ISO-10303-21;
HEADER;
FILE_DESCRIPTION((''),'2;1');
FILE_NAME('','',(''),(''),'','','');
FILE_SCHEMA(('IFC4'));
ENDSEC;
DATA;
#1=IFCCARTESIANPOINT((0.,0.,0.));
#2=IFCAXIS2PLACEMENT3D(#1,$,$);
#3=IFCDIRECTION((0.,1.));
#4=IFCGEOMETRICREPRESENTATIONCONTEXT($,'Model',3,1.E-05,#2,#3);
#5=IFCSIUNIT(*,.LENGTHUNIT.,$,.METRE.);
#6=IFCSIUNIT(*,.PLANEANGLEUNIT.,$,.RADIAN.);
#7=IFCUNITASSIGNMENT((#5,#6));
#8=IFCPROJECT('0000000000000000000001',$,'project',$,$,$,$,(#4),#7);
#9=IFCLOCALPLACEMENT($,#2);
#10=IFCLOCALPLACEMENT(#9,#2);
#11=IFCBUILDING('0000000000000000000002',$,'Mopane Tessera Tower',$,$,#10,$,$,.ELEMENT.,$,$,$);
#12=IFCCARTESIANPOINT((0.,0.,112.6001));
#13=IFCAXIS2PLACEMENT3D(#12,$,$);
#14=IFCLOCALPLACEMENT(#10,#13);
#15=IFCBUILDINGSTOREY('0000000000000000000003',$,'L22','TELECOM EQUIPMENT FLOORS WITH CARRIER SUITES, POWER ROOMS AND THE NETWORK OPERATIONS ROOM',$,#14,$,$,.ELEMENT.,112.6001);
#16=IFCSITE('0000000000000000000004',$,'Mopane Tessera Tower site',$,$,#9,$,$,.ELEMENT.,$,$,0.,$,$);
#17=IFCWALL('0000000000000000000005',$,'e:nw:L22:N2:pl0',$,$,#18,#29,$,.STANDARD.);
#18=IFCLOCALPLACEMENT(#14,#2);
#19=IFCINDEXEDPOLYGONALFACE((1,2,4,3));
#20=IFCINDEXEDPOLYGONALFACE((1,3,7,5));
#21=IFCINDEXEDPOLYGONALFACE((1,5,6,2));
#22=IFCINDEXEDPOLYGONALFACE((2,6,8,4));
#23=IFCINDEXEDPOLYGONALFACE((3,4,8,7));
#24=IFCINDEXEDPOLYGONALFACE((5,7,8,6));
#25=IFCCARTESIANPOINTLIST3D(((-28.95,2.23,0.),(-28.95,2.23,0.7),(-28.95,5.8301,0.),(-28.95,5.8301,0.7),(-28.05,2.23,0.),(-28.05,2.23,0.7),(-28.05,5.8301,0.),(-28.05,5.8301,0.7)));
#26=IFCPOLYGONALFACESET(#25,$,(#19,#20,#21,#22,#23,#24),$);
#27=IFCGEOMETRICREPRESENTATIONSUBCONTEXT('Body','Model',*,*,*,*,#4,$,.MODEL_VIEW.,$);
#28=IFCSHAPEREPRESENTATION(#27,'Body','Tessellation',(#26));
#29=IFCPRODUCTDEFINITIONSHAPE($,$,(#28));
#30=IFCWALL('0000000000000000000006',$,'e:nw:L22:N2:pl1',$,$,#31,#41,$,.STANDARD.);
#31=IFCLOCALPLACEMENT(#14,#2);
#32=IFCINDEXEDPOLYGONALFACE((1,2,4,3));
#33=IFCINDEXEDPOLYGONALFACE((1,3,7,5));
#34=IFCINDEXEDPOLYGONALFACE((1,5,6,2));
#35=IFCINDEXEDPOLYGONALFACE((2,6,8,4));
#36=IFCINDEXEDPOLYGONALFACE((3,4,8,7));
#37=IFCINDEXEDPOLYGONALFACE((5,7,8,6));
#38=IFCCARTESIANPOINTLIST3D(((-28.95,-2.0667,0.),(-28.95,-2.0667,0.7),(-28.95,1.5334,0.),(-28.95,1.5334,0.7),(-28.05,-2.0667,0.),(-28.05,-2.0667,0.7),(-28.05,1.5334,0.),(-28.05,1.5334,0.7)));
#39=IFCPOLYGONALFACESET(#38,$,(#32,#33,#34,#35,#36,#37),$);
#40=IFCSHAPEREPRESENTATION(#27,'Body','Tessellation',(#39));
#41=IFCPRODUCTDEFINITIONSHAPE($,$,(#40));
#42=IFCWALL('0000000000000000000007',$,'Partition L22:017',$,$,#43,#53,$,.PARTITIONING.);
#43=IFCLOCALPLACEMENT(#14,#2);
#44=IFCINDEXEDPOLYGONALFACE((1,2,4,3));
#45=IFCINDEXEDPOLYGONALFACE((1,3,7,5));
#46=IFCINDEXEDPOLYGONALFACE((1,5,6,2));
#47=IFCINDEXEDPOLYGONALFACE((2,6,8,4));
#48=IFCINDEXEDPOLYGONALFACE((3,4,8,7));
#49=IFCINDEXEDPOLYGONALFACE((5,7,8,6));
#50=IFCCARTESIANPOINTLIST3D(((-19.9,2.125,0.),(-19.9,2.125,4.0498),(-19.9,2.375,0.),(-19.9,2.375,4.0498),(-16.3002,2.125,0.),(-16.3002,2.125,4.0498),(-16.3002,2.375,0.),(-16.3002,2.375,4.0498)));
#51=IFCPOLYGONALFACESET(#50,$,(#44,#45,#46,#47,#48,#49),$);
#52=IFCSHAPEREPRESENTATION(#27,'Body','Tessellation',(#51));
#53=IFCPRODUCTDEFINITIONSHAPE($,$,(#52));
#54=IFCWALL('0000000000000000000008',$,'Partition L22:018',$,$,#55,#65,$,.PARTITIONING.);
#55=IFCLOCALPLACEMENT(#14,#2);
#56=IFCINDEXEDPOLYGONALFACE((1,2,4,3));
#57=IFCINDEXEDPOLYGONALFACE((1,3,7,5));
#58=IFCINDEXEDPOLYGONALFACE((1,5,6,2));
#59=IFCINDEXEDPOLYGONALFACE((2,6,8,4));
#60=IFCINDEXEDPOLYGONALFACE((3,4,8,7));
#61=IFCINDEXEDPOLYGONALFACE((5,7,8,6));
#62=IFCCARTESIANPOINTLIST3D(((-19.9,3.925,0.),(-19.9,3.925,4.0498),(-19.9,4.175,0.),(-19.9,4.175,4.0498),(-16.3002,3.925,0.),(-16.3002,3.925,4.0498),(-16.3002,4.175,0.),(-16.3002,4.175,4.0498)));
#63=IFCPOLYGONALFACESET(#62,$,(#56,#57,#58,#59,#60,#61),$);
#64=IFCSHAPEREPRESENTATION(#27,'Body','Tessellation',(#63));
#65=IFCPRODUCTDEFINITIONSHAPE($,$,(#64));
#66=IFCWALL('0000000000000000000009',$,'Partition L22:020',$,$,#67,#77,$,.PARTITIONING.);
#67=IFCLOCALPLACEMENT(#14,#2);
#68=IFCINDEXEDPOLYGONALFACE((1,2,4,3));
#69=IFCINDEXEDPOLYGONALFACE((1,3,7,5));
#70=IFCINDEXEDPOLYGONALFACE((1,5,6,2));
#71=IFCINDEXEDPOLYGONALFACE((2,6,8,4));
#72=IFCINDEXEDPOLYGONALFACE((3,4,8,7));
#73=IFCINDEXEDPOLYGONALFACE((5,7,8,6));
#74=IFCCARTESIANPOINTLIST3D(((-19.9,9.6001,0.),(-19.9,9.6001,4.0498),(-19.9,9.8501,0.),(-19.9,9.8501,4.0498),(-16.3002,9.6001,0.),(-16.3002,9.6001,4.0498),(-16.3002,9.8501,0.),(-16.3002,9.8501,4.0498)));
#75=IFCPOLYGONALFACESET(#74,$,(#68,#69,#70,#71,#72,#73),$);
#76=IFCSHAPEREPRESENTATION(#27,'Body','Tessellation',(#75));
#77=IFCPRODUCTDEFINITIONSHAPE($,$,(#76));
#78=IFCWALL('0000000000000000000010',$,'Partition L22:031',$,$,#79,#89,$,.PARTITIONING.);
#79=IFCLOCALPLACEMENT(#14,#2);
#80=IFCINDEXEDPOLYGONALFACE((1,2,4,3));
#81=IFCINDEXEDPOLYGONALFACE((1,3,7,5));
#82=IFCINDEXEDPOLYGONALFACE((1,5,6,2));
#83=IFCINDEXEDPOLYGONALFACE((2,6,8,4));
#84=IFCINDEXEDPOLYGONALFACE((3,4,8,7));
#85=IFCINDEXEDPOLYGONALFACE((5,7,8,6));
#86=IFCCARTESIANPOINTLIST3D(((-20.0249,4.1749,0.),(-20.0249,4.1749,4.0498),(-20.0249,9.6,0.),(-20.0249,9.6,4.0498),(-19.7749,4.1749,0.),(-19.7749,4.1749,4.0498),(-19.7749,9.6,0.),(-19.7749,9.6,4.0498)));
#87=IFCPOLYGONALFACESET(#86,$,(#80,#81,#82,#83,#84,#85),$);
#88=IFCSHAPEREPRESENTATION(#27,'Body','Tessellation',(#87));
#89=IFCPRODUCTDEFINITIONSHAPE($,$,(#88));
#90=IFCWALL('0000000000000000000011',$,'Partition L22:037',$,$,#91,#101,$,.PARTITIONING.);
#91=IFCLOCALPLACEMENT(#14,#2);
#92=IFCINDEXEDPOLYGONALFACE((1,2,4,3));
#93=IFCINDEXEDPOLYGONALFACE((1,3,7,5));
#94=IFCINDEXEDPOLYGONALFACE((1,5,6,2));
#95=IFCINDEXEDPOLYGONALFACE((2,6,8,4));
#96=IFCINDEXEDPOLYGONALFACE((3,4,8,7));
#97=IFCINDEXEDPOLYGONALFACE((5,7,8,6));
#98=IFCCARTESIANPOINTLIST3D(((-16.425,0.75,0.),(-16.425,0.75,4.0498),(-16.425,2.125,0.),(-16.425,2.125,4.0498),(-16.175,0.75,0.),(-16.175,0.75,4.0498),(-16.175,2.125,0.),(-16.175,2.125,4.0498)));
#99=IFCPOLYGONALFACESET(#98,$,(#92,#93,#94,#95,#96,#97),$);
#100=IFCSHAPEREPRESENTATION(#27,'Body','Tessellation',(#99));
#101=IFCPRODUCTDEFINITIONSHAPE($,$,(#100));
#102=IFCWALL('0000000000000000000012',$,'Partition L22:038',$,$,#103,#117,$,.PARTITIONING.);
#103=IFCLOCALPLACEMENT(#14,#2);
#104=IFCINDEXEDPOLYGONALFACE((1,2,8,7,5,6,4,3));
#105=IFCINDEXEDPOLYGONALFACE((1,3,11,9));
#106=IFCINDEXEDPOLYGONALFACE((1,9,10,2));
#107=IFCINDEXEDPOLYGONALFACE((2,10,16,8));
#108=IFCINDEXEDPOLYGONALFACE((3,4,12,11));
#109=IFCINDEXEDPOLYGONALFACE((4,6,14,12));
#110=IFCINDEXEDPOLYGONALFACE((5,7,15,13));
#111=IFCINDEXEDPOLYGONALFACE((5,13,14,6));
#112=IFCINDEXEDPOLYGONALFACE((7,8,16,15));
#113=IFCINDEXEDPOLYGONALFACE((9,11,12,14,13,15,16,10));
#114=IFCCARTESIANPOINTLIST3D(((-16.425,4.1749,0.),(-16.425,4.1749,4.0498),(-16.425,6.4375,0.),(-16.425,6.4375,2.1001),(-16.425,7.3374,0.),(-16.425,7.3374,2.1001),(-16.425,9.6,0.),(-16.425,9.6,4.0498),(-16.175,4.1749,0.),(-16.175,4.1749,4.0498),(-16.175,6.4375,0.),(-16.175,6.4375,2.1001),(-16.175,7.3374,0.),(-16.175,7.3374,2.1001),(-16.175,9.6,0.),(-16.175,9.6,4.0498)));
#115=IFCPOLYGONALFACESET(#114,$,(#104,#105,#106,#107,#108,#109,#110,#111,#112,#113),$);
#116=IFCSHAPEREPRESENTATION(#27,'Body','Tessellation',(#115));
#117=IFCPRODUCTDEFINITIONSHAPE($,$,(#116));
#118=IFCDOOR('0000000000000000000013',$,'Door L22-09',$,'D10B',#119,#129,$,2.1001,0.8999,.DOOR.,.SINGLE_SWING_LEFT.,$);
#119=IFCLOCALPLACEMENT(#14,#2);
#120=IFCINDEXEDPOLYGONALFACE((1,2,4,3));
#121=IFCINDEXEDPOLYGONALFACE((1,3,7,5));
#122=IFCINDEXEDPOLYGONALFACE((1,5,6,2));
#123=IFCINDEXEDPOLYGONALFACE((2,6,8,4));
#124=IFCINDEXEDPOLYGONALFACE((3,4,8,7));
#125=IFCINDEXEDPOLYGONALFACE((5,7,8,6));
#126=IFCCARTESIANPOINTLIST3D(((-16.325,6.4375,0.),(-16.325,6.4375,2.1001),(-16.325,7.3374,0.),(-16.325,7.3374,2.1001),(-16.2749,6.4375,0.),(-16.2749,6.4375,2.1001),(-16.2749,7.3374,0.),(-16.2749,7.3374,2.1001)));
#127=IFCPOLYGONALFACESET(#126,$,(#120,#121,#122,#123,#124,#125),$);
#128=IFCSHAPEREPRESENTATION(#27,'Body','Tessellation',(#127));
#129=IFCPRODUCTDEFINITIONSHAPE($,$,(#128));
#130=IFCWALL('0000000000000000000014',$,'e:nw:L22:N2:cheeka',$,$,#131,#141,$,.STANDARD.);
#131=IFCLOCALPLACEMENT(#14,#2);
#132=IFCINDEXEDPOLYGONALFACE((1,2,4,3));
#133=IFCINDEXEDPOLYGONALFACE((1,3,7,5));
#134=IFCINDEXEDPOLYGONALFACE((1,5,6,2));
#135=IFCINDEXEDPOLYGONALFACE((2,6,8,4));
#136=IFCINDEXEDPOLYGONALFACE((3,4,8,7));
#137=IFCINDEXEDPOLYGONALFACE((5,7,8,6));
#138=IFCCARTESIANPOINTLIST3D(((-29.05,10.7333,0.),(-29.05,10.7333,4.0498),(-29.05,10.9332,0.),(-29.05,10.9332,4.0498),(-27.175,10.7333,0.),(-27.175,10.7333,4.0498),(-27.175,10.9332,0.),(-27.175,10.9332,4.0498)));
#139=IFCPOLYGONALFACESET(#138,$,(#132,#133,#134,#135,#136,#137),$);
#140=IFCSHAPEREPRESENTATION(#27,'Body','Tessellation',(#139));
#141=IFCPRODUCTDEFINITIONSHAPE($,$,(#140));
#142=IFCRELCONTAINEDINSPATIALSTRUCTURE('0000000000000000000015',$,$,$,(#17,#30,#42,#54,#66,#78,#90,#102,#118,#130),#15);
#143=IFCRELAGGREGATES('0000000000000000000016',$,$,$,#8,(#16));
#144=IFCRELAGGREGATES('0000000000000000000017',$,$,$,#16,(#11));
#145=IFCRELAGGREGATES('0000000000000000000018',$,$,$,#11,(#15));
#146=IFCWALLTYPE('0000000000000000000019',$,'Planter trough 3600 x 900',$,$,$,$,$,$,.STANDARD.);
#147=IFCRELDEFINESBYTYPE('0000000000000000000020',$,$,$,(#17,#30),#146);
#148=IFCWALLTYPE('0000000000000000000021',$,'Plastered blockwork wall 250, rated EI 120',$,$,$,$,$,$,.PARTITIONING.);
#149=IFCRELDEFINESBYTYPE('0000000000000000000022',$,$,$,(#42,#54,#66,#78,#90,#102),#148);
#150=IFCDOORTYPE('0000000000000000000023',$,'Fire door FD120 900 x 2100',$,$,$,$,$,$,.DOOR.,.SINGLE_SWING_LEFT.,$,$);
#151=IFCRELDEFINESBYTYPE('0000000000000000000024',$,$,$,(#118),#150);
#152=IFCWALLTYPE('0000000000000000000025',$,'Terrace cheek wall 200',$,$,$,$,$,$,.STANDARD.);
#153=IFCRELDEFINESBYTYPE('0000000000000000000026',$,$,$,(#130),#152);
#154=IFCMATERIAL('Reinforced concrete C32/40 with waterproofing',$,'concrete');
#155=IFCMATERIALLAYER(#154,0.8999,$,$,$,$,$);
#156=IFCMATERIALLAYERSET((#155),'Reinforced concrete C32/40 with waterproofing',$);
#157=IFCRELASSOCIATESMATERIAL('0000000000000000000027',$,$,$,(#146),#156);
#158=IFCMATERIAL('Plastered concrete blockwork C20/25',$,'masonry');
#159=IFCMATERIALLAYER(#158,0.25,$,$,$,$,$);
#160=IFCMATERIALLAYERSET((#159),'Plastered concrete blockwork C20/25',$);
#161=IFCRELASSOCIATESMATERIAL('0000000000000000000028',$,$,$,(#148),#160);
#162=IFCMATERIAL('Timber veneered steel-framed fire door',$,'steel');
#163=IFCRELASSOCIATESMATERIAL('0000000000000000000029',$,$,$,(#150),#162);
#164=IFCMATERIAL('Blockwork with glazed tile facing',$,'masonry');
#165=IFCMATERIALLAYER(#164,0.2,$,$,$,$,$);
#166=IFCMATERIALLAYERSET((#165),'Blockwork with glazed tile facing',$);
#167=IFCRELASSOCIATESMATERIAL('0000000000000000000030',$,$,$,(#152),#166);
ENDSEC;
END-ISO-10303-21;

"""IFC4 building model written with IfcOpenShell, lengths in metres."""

from ifc_helpers import new_model, si_unit, direction, frame, frame_2d, origin, place, context, subcontext, project, spatial, rectangle, extrude, material, layer, layer_set, type_object, element, fill, save


model = new_model("IFC4")

# Units and contexts
model_context = context("Model", 3, precision=1e-05, world=origin(), true_north=direction((0.0, 1.0)))
body_context = subcontext(model_context, "Body", "Model", "MODEL_VIEW")
ifc_project = project(units=[si_unit("LENGTHUNIT", "METRE"), si_unit("PLANEANGLEUNIT", "RADIAN")], contexts=[model_context])

# Site, building, storey
site_placement = place(None, origin())
site = spatial("IfcSite", under=ifc_project, at=site_placement, Name="Mopane Tessera Tower site", CompositionType="ELEMENT", RefElevation=0.0)
building_placement = place(site_placement, origin())
building = spatial("IfcBuilding", under=site, at=building_placement, Name="Mopane Tessera Tower", CompositionType="ELEMENT")
storey_placement = place(building_placement, frame((0.0, 0.0, 112.6001)))
storey = spatial("IfcBuildingStorey", under=building, at=storey_placement, Name="L22", Description="TELECOM EQUIPMENT FLOORS WITH CARRIER SUITES, POWER ROOMS AND THE NETWORK OPERATIONS ROOM", CompositionType="ELEMENT", Elevation=112.6001)

# Walls
ifc_material_1 = material(Name="Reinforced concrete C32/40 with waterproofing", Category="concrete")
ifc_layer_1 = layer(ifc_material_1, 0.8999)
ifc_layer_set_1 = layer_set([ifc_layer_1], Name="Reinforced concrete C32/40 with waterproofing")
wall_type_1 = type_object("IfcWallType", Name="Planter trough 3600 x 900", PredefinedType="STANDARD", material=ifc_layer_set_1)
for number, where, z_axis, x_axis, name in (
    (1, (-28.5, 5.8301, 0.0), (0.0, 0.0, 1.0), (0.0, -1.0, 0.0), "e:nw:L22:N2:pl0"),
    (2, (-28.5, 1.5334, 0.0), (0.0, 0.0, 1.0), (0.0, -1.0, 0.0), "e:nw:L22:N2:pl1"),
):
    element("IfcWall", number, at=place(storey_placement, frame(where, z_axis=z_axis, x_axis=x_axis)), inside=storey, type_object=wall_type_1, Name=name, PredefinedType="STANDARD", context=body_context, shape_type="SweptSolid", body=[
        extrude(rectangle(XDim=3.6001, YDim=0.8999, at=frame_2d((1.8, 0.0))), origin(), (0.0, 0.0, 1.0), 0.7),
    ])
ifc_material_2 = material(Name="Plastered concrete blockwork C20/25", Category="masonry")
ifc_layer_2 = layer(ifc_material_2, 0.25)
ifc_layer_set_2 = layer_set([ifc_layer_2], Name="Plastered concrete blockwork C20/25")
wall_type_2 = type_object("IfcWallType", Name="Plastered blockwork wall 250, rated EI 120", PredefinedType="PARTITIONING", material=ifc_layer_set_2)
for number, where, z_axis, x_axis, name in (
    (3, (-19.8999, 2.25, 0.0), (0.0, 0.0, 1.0), (1.0, 0.0, 0.0), "Partition L22:017"),
    (4, (-19.8999, 4.05, 0.0), (0.0, 0.0, 1.0), (1.0, 0.0, 0.0), "Partition L22:018"),
    (5, (-19.8999, 9.7251, 0.0), (0.0, 0.0, 1.0), (1.0, 0.0, 0.0), "Partition L22:020"),
):
    element("IfcWall", number, at=place(storey_placement, frame(where, z_axis=z_axis, x_axis=x_axis)), inside=storey, type_object=wall_type_2, Name=name, PredefinedType="PARTITIONING", context=body_context, shape_type="SweptSolid", body=[
        extrude(rectangle(XDim=3.5999, YDim=0.25, at=frame_2d((1.7998, 0.0))), origin(), (0.0, 0.0, 1.0), 4.0498),
    ])
wall_1_placement = place(storey_placement, frame((-19.8999, 4.175, 0.0), z_axis=(0.0, 0.0, 1.0), x_axis=(0.0, 1.0, 0.0)))
element("IfcWall", 6, at=wall_1_placement, inside=storey, type_object=wall_type_2, Name="Partition L22:031", PredefinedType="PARTITIONING", context=body_context, shape_type="SweptSolid", body=[
    extrude(rectangle(XDim=5.425, YDim=0.25, at=frame_2d((2.7124, 0.0))), origin(), (0.0, 0.0, 1.0), 4.0498),
])
wall_2_placement = place(storey_placement, frame((-16.3, 0.75, 0.0), z_axis=(0.0, 0.0, 1.0), x_axis=(0.0, 1.0, 0.0)))
element("IfcWall", 7, at=wall_2_placement, inside=storey, type_object=wall_type_2, Name="Partition L22:037", PredefinedType="PARTITIONING", context=body_context, shape_type="SweptSolid", body=[
    extrude(rectangle(XDim=1.375, YDim=0.25, at=frame_2d((0.6875, 0.0))), origin(), (0.0, 0.0, 1.0), 4.0498),
])

# Wall, opening, door
wall_3_placement = place(storey_placement, frame((-16.3, 4.175, 0.0), z_axis=(0.0, 0.0, 1.0), x_axis=(0.0, 1.0, 0.0)))
wall_3 = element("IfcWall", 8, at=wall_3_placement, inside=storey, type_object=wall_type_2, Name="Partition L22:038", PredefinedType="PARTITIONING", context=body_context, shape_type="SweptSolid", body=[
    extrude(rectangle(XDim=5.425, YDim=0.25, at=frame_2d((2.7124, 0.0))), origin(), (0.0, 0.0, 1.0), 4.0498),
])
opening_placement = place(wall_3_placement, frame((2.2625, 0.0, 0.0)))
opening = element("IfcOpeningElement", 9, at=opening_placement, cuts=wall_3, PredefinedType="OPENING", context=body_context, shape_type="SweptSolid", body=[
    extrude(rectangle(XDim=0.8999, YDim=2.1001, at=frame_2d((0.45, 1.05))), frame((0.0, 0.137, 0.0), z_axis=(0.0, -1.0, 0.0), x_axis=(1.0, 0.0, 0.0)), (0.0, 0.0, 1.0), 0.2739),
])
ifc_material_3 = material(Name="Timber veneered steel-framed fire door", Category="steel")
door_type = type_object("IfcDoorType", Name="Fire door FD120 900 x 2100", OperationType="SINGLE_SWING_LEFT", PredefinedType="DOOR", material=ifc_material_3)
door_placement = place(opening_placement, origin())
door = element("IfcDoor", 10, at=door_placement, inside=storey, type_object=door_type, Name="Door L22-09", ObjectType="D10B", OperationType="SINGLE_SWING_LEFT", OverallHeight=2.1001, OverallWidth=0.8999, PredefinedType="DOOR", context=body_context, shape_type="SweptSolid", body=[
    extrude(rectangle(XDim=0.8999, YDim=2.1001, at=frame_2d((0.45, 1.05))), frame((0.0, 0.0249, 0.0), z_axis=(0.0, -1.0, 0.0), x_axis=(1.0, 0.0, 0.0)), (0.0, 0.0, 1.0), 0.05),
])
fill(opening, door)

# Wall
ifc_material_4 = material(Name="Blockwork with glazed tile facing", Category="masonry")
ifc_layer_3 = layer(ifc_material_4, 0.2)
ifc_layer_set_3 = layer_set([ifc_layer_3], Name="Blockwork with glazed tile facing")
wall_type_3 = type_object("IfcWallType", Name="Terrace cheek wall 200", PredefinedType="STANDARD", material=ifc_layer_set_3)
wall_4_placement = place(storey_placement, frame((-29.05, 10.8333, 0.0), z_axis=(0.0, 0.0, 1.0), x_axis=(1.0, 0.0, 0.0)))
element("IfcWall", 11, at=wall_4_placement, inside=storey, type_object=wall_type_3, Name="e:nw:L22:N2:cheeka", PredefinedType="STANDARD", context=body_context, shape_type="SweptSolid", body=[
    extrude(rectangle(XDim=1.875, YDim=0.2, at=frame_2d((0.9375, 0.0))), origin(), (0.0, 0.0, 1.0), 4.0498),
])

save(model, "model.ifc")
